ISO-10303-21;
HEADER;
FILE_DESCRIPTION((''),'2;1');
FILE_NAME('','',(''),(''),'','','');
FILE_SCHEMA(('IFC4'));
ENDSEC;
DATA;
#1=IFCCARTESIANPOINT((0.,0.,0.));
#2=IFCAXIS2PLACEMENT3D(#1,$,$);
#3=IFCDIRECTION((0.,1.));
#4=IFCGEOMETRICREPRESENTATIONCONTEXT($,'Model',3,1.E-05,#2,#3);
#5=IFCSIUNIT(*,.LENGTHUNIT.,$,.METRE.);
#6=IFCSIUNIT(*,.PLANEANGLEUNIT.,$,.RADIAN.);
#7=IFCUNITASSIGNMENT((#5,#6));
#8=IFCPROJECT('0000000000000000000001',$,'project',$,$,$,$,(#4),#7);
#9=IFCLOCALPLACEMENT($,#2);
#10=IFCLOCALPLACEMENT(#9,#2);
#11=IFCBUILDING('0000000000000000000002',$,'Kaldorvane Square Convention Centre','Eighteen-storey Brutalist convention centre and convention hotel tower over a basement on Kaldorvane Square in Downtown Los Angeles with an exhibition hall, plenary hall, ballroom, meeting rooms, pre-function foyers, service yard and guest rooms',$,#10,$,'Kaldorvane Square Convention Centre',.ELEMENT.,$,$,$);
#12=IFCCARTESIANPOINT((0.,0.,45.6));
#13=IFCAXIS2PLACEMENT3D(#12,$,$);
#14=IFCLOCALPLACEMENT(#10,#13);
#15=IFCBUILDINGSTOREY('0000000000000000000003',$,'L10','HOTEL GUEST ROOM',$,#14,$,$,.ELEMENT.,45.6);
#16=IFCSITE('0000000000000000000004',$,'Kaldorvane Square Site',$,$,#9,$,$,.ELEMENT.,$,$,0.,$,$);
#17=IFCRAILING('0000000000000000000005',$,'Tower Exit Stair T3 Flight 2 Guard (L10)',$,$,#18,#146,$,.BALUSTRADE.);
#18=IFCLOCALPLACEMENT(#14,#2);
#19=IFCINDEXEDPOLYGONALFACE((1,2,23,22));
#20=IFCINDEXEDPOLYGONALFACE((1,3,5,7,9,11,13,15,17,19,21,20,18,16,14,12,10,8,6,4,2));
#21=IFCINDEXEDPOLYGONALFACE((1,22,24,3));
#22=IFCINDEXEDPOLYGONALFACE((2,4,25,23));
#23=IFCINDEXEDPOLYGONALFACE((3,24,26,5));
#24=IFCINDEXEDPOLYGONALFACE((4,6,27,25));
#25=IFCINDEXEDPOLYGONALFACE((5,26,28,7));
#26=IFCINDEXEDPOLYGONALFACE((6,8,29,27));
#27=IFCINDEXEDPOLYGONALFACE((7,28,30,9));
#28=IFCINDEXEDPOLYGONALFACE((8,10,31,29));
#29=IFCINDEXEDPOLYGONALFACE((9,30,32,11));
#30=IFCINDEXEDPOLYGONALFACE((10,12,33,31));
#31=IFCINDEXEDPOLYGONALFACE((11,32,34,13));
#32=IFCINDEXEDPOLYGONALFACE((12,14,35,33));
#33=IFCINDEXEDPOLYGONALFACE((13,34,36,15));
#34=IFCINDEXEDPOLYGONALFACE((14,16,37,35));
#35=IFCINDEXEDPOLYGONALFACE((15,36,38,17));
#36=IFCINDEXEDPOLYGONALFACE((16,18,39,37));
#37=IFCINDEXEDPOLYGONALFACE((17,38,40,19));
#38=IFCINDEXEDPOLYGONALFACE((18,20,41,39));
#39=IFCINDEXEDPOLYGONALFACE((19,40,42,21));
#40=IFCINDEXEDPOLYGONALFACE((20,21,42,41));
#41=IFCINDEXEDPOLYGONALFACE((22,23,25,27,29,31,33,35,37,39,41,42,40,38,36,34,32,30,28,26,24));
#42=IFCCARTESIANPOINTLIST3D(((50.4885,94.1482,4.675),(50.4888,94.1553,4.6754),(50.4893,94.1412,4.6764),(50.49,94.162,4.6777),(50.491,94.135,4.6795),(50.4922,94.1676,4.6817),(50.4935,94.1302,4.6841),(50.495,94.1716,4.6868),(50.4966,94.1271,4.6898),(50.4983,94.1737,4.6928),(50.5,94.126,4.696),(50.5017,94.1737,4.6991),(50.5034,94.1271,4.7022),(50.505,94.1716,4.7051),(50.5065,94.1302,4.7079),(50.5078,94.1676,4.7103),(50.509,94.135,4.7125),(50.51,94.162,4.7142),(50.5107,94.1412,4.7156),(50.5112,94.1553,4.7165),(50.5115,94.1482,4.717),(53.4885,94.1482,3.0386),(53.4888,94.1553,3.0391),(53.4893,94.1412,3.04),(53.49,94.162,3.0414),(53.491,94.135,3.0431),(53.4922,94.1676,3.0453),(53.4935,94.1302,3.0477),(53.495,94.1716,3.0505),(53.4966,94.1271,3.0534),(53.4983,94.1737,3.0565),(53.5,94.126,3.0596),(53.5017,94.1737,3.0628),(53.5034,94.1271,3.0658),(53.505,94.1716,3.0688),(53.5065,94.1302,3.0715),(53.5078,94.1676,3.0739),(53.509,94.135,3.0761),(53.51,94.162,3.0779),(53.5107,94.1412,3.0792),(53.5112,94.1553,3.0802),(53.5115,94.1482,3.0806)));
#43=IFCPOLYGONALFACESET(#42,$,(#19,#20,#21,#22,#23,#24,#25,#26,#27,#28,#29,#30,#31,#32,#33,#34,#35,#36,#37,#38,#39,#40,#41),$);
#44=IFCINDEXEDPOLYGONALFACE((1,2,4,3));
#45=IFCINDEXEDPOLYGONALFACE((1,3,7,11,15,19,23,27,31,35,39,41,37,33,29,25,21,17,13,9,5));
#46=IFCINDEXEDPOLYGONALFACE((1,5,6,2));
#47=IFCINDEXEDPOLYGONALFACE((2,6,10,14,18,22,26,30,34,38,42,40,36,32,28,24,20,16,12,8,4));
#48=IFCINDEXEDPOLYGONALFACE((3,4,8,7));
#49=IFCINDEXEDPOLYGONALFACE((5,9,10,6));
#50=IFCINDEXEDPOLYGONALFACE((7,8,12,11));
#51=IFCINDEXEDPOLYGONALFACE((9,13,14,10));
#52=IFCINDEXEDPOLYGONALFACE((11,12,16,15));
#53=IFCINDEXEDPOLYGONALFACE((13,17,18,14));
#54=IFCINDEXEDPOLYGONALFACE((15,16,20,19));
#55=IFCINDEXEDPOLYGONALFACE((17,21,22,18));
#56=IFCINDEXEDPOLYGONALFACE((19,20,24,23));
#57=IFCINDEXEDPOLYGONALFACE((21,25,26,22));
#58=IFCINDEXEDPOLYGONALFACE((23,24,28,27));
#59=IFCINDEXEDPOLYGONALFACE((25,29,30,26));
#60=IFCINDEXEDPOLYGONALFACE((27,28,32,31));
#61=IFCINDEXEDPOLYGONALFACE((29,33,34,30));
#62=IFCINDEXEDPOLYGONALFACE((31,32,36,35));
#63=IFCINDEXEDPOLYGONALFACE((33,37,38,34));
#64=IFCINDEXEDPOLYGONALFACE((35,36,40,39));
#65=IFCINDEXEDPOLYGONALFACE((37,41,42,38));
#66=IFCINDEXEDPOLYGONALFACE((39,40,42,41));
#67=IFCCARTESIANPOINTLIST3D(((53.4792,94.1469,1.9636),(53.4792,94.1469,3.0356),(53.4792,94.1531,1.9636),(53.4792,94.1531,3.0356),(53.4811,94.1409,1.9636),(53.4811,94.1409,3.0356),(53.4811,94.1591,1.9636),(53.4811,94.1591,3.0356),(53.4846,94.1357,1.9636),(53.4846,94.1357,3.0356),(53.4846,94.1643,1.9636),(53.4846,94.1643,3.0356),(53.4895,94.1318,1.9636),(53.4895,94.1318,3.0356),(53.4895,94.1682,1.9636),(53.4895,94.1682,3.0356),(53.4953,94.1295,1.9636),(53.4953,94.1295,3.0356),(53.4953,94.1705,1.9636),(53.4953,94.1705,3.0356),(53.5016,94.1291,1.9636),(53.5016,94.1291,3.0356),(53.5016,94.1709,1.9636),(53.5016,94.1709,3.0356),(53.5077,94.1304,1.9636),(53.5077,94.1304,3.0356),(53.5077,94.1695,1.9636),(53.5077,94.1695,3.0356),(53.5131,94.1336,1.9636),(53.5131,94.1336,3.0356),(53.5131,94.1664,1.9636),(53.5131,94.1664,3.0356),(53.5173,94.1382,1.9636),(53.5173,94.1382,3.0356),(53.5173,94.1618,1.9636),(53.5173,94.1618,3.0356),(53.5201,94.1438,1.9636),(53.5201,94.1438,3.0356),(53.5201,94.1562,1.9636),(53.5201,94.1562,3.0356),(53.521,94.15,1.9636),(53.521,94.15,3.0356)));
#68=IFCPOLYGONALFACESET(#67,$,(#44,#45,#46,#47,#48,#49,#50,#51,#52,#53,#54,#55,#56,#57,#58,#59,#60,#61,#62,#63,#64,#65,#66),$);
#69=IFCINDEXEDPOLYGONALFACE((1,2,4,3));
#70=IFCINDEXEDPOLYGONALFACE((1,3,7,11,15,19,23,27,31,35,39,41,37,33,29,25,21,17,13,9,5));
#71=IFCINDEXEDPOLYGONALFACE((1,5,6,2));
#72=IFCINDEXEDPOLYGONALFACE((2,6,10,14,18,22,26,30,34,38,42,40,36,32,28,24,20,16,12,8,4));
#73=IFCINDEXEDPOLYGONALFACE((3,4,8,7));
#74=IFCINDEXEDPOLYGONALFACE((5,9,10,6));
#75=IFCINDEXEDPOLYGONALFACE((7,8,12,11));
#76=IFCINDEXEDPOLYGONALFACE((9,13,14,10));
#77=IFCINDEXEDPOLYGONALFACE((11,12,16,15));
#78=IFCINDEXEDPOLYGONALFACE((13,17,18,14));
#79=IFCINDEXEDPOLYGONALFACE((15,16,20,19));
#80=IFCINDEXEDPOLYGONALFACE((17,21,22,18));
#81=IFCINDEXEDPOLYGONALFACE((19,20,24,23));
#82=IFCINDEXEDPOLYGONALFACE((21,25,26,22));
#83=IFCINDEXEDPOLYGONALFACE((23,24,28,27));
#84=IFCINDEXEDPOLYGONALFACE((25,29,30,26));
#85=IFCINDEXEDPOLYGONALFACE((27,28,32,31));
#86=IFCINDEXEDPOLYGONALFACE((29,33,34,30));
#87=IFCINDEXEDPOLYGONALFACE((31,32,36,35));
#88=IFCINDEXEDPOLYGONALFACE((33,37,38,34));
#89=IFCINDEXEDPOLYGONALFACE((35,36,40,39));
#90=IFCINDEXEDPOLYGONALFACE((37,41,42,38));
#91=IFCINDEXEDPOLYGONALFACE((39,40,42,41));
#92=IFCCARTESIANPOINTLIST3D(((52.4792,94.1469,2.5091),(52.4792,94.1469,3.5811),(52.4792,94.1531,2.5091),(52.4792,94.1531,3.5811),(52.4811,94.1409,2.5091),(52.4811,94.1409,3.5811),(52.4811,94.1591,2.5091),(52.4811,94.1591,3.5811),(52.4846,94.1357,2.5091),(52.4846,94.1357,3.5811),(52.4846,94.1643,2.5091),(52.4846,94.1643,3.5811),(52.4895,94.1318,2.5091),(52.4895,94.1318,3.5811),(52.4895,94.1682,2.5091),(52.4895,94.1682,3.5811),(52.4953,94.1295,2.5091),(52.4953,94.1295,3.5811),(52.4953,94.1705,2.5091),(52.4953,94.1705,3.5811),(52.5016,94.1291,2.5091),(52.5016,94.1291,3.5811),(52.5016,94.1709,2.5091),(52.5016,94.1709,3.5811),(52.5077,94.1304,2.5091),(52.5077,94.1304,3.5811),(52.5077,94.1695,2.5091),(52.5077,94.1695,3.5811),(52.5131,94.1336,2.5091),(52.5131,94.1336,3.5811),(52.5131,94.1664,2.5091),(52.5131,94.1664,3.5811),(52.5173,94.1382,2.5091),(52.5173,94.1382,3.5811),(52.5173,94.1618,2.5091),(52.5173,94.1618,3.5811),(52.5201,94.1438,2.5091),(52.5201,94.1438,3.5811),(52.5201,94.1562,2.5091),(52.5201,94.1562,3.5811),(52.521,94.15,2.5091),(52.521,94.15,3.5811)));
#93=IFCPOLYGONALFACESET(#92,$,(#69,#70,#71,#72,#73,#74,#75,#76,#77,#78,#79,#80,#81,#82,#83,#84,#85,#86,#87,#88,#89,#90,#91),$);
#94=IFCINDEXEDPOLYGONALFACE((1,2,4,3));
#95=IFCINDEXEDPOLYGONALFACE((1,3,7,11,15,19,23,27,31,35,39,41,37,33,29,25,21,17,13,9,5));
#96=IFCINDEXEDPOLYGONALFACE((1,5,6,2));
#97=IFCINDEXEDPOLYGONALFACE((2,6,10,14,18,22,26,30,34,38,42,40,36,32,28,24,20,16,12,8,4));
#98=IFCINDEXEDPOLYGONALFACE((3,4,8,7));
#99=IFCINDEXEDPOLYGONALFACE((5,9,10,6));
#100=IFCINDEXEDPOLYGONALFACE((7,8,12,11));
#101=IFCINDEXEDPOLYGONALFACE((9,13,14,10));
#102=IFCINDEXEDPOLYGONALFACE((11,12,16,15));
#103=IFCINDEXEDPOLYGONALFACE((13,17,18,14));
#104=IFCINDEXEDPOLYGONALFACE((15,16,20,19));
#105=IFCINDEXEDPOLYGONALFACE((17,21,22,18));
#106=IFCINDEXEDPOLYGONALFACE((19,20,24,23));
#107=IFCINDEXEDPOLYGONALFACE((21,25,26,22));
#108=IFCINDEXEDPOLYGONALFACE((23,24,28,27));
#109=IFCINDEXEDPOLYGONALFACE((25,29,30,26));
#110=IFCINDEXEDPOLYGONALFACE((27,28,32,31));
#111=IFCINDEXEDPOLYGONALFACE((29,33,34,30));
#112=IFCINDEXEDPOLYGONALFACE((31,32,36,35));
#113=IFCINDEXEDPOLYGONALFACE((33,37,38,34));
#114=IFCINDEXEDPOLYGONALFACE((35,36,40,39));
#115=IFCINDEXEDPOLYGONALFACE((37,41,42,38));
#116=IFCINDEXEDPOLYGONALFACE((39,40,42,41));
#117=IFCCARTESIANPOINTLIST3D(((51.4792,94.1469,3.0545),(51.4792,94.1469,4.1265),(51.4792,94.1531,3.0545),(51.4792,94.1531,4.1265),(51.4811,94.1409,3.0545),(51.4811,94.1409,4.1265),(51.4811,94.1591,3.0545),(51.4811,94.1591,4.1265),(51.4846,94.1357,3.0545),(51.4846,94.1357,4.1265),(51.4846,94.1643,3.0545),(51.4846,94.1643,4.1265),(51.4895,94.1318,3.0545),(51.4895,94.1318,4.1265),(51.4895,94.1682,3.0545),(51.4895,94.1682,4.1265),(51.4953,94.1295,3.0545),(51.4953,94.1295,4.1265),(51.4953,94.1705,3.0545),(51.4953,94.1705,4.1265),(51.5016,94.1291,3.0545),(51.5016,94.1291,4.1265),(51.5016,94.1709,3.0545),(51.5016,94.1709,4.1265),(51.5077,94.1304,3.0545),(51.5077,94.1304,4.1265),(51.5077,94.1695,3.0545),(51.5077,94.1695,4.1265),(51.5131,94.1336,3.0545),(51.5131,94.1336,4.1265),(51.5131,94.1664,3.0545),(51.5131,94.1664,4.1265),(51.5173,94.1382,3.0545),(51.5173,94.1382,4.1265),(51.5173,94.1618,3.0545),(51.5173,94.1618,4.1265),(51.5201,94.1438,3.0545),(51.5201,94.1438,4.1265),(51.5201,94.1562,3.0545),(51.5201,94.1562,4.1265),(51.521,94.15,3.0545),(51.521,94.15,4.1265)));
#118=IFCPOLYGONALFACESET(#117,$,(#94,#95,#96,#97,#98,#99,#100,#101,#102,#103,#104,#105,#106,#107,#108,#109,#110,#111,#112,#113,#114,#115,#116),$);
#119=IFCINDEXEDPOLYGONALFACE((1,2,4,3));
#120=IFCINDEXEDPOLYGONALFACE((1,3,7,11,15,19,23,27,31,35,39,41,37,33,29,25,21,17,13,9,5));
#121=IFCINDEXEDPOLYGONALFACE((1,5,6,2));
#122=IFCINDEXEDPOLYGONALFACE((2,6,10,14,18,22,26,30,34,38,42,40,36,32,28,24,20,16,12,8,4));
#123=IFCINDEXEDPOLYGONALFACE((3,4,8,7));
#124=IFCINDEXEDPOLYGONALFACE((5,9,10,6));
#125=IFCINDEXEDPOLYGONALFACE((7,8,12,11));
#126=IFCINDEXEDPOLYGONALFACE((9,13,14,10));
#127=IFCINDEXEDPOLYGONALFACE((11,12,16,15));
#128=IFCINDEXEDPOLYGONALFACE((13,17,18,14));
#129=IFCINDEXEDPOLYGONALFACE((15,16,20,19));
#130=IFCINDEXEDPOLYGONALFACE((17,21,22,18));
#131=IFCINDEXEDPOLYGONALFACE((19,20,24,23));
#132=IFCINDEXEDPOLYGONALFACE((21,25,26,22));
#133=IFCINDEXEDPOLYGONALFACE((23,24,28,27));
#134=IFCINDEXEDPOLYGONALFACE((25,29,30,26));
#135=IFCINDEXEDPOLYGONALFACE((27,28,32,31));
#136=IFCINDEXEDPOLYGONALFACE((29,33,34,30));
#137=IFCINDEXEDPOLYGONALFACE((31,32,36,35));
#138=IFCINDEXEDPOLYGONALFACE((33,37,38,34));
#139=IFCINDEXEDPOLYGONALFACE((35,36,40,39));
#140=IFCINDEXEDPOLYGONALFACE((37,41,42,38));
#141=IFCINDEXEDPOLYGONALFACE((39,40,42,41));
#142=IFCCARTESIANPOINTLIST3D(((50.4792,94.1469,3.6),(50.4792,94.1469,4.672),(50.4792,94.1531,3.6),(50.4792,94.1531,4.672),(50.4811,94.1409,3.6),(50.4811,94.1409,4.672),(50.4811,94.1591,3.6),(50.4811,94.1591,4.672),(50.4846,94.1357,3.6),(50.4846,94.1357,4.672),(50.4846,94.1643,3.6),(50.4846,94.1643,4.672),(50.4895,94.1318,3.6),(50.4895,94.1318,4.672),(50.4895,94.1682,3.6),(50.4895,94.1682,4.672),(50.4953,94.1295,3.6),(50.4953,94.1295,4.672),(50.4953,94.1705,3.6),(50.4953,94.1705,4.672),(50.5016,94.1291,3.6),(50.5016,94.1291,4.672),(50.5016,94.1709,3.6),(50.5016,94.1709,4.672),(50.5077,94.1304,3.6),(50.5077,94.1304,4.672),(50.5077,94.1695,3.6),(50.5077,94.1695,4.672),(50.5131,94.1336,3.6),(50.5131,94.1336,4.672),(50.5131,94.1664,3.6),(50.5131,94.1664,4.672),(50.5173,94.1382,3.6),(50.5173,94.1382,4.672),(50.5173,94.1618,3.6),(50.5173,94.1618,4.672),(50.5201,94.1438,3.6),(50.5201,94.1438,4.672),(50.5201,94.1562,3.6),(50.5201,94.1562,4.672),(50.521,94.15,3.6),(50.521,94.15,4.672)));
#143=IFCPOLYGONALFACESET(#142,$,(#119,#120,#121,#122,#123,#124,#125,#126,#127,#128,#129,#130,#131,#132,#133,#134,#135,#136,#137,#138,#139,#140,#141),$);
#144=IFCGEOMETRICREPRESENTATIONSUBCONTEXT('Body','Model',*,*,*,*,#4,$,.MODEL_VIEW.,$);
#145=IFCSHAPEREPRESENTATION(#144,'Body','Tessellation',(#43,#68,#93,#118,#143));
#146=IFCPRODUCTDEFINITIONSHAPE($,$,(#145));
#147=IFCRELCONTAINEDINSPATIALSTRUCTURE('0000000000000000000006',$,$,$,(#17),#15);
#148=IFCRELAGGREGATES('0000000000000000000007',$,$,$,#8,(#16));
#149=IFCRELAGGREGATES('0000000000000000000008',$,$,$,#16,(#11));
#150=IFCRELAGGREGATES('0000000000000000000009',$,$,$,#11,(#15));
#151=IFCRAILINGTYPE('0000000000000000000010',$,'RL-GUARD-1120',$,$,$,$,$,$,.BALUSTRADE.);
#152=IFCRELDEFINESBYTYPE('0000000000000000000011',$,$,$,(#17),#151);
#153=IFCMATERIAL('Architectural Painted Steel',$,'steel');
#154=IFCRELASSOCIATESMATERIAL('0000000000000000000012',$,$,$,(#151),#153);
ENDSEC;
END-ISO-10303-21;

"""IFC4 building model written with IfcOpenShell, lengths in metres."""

from ifc_helpers import new_model, si_unit, direction, frame, origin, origin_2d, place, context, subcontext, project, spatial, circle, extrude, material, type_object, element, save


model = new_model("IFC4")

# Units and contexts
model_context = context("Model", 3, precision=1e-05, world=origin(), true_north=direction((0.0, 1.0)))
body_context = subcontext(model_context, "Body", "Model", "MODEL_VIEW")
ifc_project = project(units=[si_unit("LENGTHUNIT", "METRE"), si_unit("PLANEANGLEUNIT", "RADIAN")], contexts=[model_context])

# Site, building, storey
site_placement = place(None, origin())
site = spatial("IfcSite", under=ifc_project, at=site_placement, Name="Kaldorvane Square Site", CompositionType="ELEMENT", RefElevation=0.0)
building_placement = place(site_placement, origin())
building = spatial("IfcBuilding", under=site, at=building_placement, Name="Kaldorvane Square Convention Centre", Description="Eighteen-storey Brutalist convention centre and convention hotel tower over a basement on Kaldorvane Square in Downtown Los Angeles with an exhibition hall, plenary hall, ballroom, meeting rooms, pre-function foyers, service yard and guest rooms", LongName="Kaldorvane Square Convention Centre", CompositionType="ELEMENT")
storey_placement = place(building_placement, frame((0.0, 0.0, 45.6)))
storey = spatial("IfcBuildingStorey", under=building, at=storey_placement, Name="L10", Description="HOTEL GUEST ROOM", CompositionType="ELEMENT", Elevation=45.6)

# Railing
ifc_material_1 = material(Name="Architectural Painted Steel", Category="steel")
railing_type_1 = type_object("IfcRailingType", Name="RL-GUARD-1120", PredefinedType="BALUSTRADE", material=ifc_material_1)
railing_1_placement = place(storey_placement, frame((53.5, 94.15, 1.9636)))
element("IfcRailing", 1, at=railing_1_placement, inside=storey, type_object=railing_type_1, Name="Tower Exit Stair T3 Flight 2 Guard (L10)", PredefinedType="BALUSTRADE", context=body_context, shape_type="SweptSolid", body=[
    extrude(circle(Radius=0.024, at=origin_2d()), frame((0.0, 0.0, 1.096), z_axis=(-0.877895, 0.0, 0.478853), x_axis=(0.0, -1.0, 0.0)), (0.0, 0.0, 1.0), 3.4173),
    extrude(circle(Radius=0.021, at=origin_2d()), origin(), (0.0, 0.0, 1.0), 1.072),
    extrude(circle(Radius=0.021, at=origin_2d()), frame((-1.0, 0.0, 0.5455)), (0.0, 0.0, 1.0), 1.072),
    extrude(circle(Radius=0.021, at=origin_2d()), frame((-2.0, 0.0, 1.0909)), (0.0, 0.0, 1.0), 1.072),
    extrude(circle(Radius=0.021, at=origin_2d()), frame((-3.0, 0.0, 1.6364)), (0.0, 0.0, 1.0), 1.072),
])

save(model, "model.ifc")
